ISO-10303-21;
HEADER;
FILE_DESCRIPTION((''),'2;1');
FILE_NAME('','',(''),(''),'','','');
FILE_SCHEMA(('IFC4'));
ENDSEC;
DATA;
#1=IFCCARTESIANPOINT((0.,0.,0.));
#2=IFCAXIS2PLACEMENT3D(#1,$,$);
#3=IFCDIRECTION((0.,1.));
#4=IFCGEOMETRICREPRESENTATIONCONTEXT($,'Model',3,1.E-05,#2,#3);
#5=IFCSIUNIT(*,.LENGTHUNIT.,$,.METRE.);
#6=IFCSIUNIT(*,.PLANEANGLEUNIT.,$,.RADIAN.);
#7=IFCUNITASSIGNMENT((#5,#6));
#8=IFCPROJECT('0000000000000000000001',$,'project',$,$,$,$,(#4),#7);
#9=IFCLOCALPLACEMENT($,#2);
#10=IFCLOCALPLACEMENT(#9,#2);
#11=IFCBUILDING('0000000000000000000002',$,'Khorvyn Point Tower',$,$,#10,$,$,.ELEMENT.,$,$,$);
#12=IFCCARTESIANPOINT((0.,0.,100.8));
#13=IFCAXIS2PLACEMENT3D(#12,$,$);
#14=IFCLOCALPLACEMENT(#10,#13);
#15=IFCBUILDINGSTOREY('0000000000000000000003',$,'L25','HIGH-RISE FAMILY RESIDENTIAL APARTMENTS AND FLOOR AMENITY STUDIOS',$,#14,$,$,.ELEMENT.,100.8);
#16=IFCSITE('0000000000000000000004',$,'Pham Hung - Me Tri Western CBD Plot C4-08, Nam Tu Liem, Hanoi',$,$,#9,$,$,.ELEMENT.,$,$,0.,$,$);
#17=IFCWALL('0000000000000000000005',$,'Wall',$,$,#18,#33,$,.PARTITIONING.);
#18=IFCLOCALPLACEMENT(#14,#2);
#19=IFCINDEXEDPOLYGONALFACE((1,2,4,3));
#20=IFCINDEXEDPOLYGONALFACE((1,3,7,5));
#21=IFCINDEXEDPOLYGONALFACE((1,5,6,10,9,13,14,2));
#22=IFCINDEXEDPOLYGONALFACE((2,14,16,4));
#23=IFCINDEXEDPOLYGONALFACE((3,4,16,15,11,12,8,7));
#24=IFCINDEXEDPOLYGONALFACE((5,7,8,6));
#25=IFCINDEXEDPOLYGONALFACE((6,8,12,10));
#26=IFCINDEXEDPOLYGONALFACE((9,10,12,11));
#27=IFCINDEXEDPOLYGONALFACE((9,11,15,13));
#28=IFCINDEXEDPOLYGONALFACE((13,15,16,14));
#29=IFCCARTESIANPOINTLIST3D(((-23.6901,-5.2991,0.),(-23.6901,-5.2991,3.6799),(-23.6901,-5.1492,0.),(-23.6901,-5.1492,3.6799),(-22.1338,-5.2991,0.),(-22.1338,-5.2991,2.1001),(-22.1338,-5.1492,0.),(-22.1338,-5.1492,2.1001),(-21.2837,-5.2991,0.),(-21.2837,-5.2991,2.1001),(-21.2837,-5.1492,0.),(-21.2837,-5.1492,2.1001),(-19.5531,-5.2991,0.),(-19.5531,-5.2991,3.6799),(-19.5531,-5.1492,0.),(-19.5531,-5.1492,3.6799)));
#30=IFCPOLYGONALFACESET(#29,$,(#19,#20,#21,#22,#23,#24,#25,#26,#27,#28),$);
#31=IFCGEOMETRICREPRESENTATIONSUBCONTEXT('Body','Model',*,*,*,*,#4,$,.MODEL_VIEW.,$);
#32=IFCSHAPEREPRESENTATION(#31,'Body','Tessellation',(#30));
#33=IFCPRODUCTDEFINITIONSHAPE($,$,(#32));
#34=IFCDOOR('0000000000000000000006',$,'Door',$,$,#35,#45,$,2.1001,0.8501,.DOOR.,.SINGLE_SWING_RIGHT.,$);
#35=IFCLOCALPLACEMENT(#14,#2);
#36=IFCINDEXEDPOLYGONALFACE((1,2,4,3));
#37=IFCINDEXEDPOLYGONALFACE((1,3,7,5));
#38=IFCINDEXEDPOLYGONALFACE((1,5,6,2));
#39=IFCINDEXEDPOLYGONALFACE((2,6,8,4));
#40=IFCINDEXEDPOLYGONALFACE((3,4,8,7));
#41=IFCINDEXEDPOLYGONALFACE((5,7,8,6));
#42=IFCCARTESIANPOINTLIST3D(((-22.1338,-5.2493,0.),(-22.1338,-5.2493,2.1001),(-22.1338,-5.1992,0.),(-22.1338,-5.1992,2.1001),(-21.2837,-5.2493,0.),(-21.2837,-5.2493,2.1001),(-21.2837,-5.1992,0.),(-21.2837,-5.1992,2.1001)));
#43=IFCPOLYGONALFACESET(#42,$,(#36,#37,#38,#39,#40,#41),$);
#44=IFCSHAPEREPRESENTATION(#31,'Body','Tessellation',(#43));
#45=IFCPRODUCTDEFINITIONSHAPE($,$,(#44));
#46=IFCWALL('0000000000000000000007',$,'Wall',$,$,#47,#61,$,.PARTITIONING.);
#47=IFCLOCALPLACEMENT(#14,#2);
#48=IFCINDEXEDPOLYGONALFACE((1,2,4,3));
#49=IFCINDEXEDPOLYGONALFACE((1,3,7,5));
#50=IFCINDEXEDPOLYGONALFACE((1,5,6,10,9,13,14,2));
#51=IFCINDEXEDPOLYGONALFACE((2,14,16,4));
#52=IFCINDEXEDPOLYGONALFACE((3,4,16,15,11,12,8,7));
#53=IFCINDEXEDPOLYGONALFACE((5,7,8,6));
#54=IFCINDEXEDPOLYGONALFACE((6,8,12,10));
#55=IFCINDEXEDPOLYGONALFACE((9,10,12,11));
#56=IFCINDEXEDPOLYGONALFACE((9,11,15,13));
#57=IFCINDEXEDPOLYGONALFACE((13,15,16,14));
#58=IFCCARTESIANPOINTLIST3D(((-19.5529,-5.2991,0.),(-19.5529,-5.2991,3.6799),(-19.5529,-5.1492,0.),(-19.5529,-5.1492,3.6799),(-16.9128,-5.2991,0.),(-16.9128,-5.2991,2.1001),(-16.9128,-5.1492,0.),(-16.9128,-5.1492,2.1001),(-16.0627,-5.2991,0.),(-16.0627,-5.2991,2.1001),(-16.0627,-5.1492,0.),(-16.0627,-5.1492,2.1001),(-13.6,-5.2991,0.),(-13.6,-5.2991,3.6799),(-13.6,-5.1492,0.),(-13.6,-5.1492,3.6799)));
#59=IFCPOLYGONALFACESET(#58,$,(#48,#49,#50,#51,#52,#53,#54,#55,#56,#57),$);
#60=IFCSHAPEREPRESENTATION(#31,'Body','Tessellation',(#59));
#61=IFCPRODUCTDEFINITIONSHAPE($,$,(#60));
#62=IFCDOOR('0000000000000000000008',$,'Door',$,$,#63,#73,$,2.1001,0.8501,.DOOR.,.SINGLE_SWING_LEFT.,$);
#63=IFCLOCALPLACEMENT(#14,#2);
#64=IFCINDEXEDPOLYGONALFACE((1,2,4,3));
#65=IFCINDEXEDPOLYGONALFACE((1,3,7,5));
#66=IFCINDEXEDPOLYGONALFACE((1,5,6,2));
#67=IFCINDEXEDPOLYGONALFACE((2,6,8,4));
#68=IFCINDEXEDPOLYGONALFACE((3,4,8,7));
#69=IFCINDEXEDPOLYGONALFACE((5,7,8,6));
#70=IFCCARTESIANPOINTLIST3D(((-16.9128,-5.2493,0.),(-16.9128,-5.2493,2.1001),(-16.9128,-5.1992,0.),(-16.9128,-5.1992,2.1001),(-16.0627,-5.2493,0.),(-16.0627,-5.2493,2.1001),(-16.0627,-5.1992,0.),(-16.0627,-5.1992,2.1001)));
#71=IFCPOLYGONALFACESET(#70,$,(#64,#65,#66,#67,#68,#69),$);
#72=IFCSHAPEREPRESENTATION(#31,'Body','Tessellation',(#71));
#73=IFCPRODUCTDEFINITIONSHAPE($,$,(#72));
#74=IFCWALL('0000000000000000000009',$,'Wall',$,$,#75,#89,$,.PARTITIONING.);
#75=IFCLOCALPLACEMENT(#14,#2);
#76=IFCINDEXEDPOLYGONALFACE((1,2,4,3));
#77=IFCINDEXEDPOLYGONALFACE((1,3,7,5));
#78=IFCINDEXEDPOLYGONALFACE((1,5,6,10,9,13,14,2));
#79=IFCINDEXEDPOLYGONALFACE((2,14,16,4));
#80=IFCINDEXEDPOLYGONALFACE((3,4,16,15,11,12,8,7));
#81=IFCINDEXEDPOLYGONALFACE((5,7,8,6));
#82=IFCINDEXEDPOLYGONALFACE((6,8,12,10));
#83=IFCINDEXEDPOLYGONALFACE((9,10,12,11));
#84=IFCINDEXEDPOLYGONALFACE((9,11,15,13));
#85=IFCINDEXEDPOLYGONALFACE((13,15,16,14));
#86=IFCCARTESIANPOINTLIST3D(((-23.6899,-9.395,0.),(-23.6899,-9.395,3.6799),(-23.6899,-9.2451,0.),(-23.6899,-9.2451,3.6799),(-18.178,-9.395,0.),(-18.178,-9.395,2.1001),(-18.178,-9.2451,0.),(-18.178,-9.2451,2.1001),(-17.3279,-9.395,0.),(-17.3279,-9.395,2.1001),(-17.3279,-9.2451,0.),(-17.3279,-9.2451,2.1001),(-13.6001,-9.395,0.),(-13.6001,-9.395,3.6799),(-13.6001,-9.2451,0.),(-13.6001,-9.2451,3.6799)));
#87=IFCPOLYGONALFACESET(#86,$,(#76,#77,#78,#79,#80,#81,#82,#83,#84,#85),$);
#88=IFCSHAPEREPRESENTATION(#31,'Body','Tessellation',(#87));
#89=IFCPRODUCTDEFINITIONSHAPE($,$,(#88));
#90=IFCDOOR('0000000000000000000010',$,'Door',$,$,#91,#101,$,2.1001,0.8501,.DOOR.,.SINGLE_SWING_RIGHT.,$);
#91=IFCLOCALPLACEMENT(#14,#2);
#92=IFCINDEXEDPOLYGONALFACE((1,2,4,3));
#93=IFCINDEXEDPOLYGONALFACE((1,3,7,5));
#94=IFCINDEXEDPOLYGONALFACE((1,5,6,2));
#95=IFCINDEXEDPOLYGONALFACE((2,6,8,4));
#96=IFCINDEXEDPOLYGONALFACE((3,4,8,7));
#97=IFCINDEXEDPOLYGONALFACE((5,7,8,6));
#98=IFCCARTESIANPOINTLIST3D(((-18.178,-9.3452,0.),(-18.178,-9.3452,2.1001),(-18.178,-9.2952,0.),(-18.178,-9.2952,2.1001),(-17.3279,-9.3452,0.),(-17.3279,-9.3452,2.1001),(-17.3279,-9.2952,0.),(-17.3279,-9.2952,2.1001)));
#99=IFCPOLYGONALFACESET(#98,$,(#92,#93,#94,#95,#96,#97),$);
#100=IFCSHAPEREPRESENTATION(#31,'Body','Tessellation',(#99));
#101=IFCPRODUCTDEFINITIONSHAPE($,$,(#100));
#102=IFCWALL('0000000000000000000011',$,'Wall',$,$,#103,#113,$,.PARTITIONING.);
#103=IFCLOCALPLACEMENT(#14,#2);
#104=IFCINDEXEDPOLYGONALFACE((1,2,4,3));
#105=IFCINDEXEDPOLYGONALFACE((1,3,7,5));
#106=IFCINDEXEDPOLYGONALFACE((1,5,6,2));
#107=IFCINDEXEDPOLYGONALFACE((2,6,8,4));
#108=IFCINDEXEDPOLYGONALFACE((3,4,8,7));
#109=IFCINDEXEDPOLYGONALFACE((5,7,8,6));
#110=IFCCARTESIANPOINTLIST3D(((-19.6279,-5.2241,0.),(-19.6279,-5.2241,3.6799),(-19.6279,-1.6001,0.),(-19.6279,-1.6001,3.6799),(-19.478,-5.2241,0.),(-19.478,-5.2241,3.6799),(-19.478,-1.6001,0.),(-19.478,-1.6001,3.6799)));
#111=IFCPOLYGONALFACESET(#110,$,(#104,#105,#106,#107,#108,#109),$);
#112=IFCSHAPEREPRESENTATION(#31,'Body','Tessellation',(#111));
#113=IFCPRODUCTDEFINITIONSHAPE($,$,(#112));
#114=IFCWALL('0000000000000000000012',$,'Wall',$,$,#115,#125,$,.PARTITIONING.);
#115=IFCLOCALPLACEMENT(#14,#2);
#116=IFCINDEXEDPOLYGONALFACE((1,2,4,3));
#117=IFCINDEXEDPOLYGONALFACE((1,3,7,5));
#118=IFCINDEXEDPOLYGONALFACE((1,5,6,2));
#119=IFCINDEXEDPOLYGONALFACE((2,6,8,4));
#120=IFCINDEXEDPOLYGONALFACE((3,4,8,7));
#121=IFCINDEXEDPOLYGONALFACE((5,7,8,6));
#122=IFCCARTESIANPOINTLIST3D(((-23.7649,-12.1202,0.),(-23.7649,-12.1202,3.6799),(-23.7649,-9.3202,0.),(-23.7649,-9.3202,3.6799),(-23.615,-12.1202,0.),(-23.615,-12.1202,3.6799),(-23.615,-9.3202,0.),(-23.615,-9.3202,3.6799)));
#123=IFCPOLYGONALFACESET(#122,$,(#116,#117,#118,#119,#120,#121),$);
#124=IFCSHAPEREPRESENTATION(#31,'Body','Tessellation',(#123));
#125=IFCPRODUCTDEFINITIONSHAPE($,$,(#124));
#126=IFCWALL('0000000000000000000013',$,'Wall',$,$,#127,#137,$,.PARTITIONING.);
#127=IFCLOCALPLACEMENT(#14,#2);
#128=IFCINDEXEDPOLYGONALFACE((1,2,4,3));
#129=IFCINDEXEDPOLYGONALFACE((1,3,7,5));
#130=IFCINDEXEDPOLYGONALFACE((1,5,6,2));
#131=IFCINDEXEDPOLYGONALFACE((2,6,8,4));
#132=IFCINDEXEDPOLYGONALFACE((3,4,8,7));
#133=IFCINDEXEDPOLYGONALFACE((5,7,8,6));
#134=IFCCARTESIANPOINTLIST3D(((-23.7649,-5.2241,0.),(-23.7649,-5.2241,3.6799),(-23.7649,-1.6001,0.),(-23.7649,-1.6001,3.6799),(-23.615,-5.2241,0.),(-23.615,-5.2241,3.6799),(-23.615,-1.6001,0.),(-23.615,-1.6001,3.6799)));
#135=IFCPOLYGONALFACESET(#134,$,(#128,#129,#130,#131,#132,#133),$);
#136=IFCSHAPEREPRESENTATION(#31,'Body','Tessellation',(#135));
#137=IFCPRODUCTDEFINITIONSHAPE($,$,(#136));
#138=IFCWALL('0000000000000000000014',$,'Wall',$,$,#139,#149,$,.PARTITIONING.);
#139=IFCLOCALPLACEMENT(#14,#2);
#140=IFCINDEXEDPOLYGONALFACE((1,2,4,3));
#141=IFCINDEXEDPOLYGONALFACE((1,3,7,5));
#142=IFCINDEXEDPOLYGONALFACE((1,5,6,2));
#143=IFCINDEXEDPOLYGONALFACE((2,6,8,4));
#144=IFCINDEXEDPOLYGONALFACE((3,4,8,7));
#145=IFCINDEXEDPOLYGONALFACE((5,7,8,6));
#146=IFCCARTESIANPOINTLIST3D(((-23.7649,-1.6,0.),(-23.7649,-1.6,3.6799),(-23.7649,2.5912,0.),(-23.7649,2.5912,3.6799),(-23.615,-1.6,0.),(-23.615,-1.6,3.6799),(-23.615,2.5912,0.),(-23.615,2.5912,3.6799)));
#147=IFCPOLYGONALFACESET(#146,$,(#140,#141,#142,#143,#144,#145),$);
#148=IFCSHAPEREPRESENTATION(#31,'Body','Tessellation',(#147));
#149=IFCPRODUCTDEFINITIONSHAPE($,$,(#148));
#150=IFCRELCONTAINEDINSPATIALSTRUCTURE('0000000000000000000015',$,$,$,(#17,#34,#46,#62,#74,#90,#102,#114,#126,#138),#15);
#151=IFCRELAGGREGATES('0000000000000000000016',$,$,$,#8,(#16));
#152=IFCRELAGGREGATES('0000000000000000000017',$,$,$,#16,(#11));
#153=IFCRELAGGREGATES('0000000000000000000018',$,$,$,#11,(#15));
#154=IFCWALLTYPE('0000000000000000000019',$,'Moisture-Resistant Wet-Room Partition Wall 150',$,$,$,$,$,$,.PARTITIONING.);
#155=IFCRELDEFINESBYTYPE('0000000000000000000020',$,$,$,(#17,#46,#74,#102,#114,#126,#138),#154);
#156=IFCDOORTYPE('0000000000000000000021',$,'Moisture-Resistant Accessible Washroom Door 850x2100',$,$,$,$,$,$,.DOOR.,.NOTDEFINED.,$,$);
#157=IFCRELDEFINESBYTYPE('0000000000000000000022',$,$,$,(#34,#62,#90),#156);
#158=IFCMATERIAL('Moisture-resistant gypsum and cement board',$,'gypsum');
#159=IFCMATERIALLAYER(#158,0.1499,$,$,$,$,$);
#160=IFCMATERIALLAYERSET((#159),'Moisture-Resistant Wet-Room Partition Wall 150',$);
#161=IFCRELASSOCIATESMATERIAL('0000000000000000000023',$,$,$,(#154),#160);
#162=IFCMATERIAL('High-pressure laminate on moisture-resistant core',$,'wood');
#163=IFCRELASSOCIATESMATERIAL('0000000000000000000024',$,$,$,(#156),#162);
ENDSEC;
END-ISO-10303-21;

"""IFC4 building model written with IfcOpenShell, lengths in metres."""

from ifc_helpers import new_model, si_unit, direction, frame, frame_2d, origin, place, context, subcontext, project, spatial, rectangle, extrude, material, layer, layer_set, type_object, element, fill, save


model = new_model("IFC4")

# Units and contexts
model_context = context("Model", 3, precision=1e-05, world=origin(), true_north=direction((0.0, 1.0)))
body_context = subcontext(model_context, "Body", "Model", "MODEL_VIEW")
ifc_project = project(units=[si_unit("LENGTHUNIT", "METRE"), si_unit("PLANEANGLEUNIT", "RADIAN")], contexts=[model_context])

# Site, building, storey
site_placement = place(None, origin())
site = spatial("IfcSite", under=ifc_project, at=site_placement, Name="Pham Hung - Me Tri Western CBD Plot C4-08, Nam Tu Liem, Hanoi", CompositionType="ELEMENT", RefElevation=0.0)
building_placement = place(site_placement, origin())
building = spatial("IfcBuilding", under=site, at=building_placement, Name="Khorvyn Point Tower", CompositionType="ELEMENT")
storey_placement = place(building_placement, frame((0.0, 0.0, 100.8)))
storey = spatial("IfcBuildingStorey", under=building, at=storey_placement, Name="L25", Description="HIGH-RISE FAMILY RESIDENTIAL APARTMENTS AND FLOOR AMENITY STUDIOS", CompositionType="ELEMENT", Elevation=100.8)

# Walls, openings, doors
ifc_material_1 = material(Name="Moisture-resistant gypsum and cement board", Category="gypsum")
ifc_layer_1 = layer(ifc_material_1, 0.1499)
ifc_layer_set_1 = layer_set([ifc_layer_1], Name="Moisture-Resistant Wet-Room Partition Wall 150")
wall_type_1 = type_object("IfcWallType", Name="Moisture-Resistant Wet-Room Partition Wall 150", PredefinedType="PARTITIONING", material=ifc_layer_set_1)
wall_1_placement = place(storey_placement, frame((-23.6899, -5.2241, 0.0), z_axis=(0.0, 0.0, 1.0), x_axis=(1.0, 0.0, 0.0)))
wall_1 = element("IfcWall", 1, at=wall_1_placement, inside=storey, type_object=wall_type_1, Name="Wall", PredefinedType="PARTITIONING", context=body_context, shape_type="SweptSolid", body=[
    extrude(rectangle(XDim=4.137, YDim=0.1499, at=frame_2d((2.0684, 0.0))), origin(), (0.0, 0.0, 1.0), 3.6799),
])
opening_1_placement = place(wall_1_placement, frame((1.5562, 0.0, 0.0)))
opening_1 = element("IfcOpeningElement", 2, at=opening_1_placement, cuts=wall_1, PredefinedType="OPENING", context=body_context, shape_type="SweptSolid", body=[
    extrude(rectangle(XDim=0.8501, YDim=2.1001, at=frame_2d((0.425, 1.05))), frame((0.0, 0.085, 0.0), z_axis=(0.0, -1.0, 0.0), x_axis=(1.0, 0.0, 0.0)), (0.0, 0.0, 1.0), 0.1699),
])
ifc_material_2 = material(Name="High-pressure laminate on moisture-resistant core", Category="wood")
door_type_1 = type_object("IfcDoorType", Name="Moisture-Resistant Accessible Washroom Door 850x2100", OperationType="NOTDEFINED", PredefinedType="DOOR", material=ifc_material_2)
door_1_placement = place(opening_1_placement, origin())
door_1 = element("IfcDoor", 3, at=door_1_placement, inside=storey, type_object=door_type_1, Name="Door", OperationType="SINGLE_SWING_RIGHT", OverallHeight=2.1001, OverallWidth=0.8501, PredefinedType="DOOR", context=body_context, shape_type="SweptSolid", body=[
    extrude(rectangle(XDim=0.8501, YDim=2.1001, at=frame_2d((0.425, 1.05))), frame((0.0, 0.0249, 0.0), z_axis=(0.0, -1.0, 0.0), x_axis=(1.0, 0.0, 0.0)), (0.0, 0.0, 1.0), 0.05),
])
fill(opening_1, door_1)
wall_2_placement = place(storey_placement, frame((-19.553, -5.2241, 0.0), z_axis=(0.0, 0.0, 1.0), x_axis=(1.0, 0.0, 0.0)))
wall_2 = element("IfcWall", 4, at=wall_2_placement, inside=storey, type_object=wall_type_1, Name="Wall", PredefinedType="PARTITIONING", context=body_context, shape_type="SweptSolid", body=[
    extrude(rectangle(XDim=5.9529, YDim=0.1499, at=frame_2d((2.9766, 0.0))), origin(), (0.0, 0.0, 1.0), 3.6799),
])
opening_2_placement = place(wall_2_placement, frame((2.6401, 0.0, 0.0)))
opening_2 = element("IfcOpeningElement", 5, at=opening_2_placement, cuts=wall_2, PredefinedType="OPENING", context=body_context, shape_type="SweptSolid", body=[
    extrude(rectangle(XDim=0.8501, YDim=2.1001, at=frame_2d((0.425, 1.05))), frame((0.0, 0.085, 0.0), z_axis=(0.0, -1.0, 0.0), x_axis=(1.0, 0.0, 0.0)), (0.0, 0.0, 1.0), 0.1699),
])
door_2_placement = place(opening_2_placement, origin())
door_2 = element("IfcDoor", 6, at=door_2_placement, inside=storey, type_object=door_type_1, Name="Door", OperationType="SINGLE_SWING_LEFT", OverallHeight=2.1001, OverallWidth=0.8501, PredefinedType="DOOR", context=body_context, shape_type="SweptSolid", body=[
    extrude(rectangle(XDim=0.8501, YDim=2.1001, at=frame_2d((0.425, 1.05))), frame((0.0, 0.0249, 0.0), z_axis=(0.0, -1.0, 0.0), x_axis=(1.0, 0.0, 0.0)), (0.0, 0.0, 1.0), 0.05),
])
fill(opening_2, door_2)
wall_3_placement = place(storey_placement, frame((-23.6899, -9.3201, 0.0), z_axis=(0.0, 0.0, 1.0), x_axis=(1.0, 0.0, 0.0)))
wall_3 = element("IfcWall", 7, at=wall_3_placement, inside=storey, type_object=wall_type_1, Name="Wall", PredefinedType="PARTITIONING", context=body_context, shape_type="SweptSolid", body=[
    extrude(rectangle(XDim=10.0898, YDim=0.1499, at=frame_2d((5.0449, 0.0))), origin(), (0.0, 0.0, 1.0), 3.6799),
])
opening_3_placement = place(wall_3_placement, frame((5.512, 0.0, 0.0)))
opening_3 = element("IfcOpeningElement", 8, at=opening_3_placement, cuts=wall_3, PredefinedType="OPENING", context=body_context, shape_type="SweptSolid", body=[
    extrude(rectangle(XDim=0.8501, YDim=2.1001, at=frame_2d((0.425, 1.05))), frame((0.0, 0.085, 0.0), z_axis=(0.0, -1.0, 0.0), x_axis=(1.0, 0.0, 0.0)), (0.0, 0.0, 1.0), 0.1699),
])
door_3_placement = place(opening_3_placement, origin())
door_3 = element("IfcDoor", 9, at=door_3_placement, inside=storey, type_object=door_type_1, Name="Door", OperationType="SINGLE_SWING_RIGHT", OverallHeight=2.1001, OverallWidth=0.8501, PredefinedType="DOOR", context=body_context, shape_type="SweptSolid", body=[
    extrude(rectangle(XDim=0.8501, YDim=2.1001, at=frame_2d((0.425, 1.05))), frame((0.0, 0.0249, 0.0), z_axis=(0.0, -1.0, 0.0), x_axis=(1.0, 0.0, 0.0)), (0.0, 0.0, 1.0), 0.05),
])
fill(opening_3, door_3)

# Walls
wall_4_placement = place(storey_placement, frame((-19.553, -5.2241, 0.0), z_axis=(0.0, 0.0, 1.0), x_axis=(0.0, 1.0, 0.0)))
element("IfcWall", 10, at=wall_4_placement, inside=storey, type_object=wall_type_1, Name="Wall", PredefinedType="PARTITIONING", context=body_context, shape_type="SweptSolid", body=[
    extrude(rectangle(XDim=3.624, YDim=0.1499, at=frame_2d((1.812, 0.0))), origin(), (0.0, 0.0, 1.0), 3.6799),
])
wall_5_placement = place(storey_placement, frame((-23.6899, -12.1201, 0.0), z_axis=(0.0, 0.0, 1.0), x_axis=(0.0, 1.0, 0.0)))
element("IfcWall", 11, at=wall_5_placement, inside=storey, type_object=wall_type_1, Name="Wall", PredefinedType="PARTITIONING", context=body_context, shape_type="SweptSolid", body=[
    extrude(rectangle(XDim=2.8, YDim=0.1499, at=frame_2d((1.3999, 0.0))), origin(), (0.0, 0.0, 1.0), 3.6799),
])
wall_6_placement = place(storey_placement, frame((-23.6899, -5.2241, 0.0), z_axis=(0.0, 0.0, 1.0), x_axis=(0.0, 1.0, 0.0)))
element("IfcWall", 12, at=wall_6_placement, inside=storey, type_object=wall_type_1, Name="Wall", PredefinedType="PARTITIONING", context=body_context, shape_type="SweptSolid", body=[
    extrude(rectangle(XDim=3.624, YDim=0.1499, at=frame_2d((1.812, 0.0))), origin(), (0.0, 0.0, 1.0), 3.6799),
])
wall_7_placement = place(storey_placement, frame((-23.6899, -1.6001, 0.0), z_axis=(0.0, 0.0, 1.0), x_axis=(0.0, 1.0, 0.0)))
element("IfcWall", 13, at=wall_7_placement, inside=storey, type_object=wall_type_1, Name="Wall", PredefinedType="PARTITIONING", context=body_context, shape_type="SweptSolid", body=[
    extrude(rectangle(XDim=4.1912, YDim=0.1499, at=frame_2d((2.0957, 0.0))), origin(), (0.0, 0.0, 1.0), 3.6799),
])

save(model, "model.ifc")
